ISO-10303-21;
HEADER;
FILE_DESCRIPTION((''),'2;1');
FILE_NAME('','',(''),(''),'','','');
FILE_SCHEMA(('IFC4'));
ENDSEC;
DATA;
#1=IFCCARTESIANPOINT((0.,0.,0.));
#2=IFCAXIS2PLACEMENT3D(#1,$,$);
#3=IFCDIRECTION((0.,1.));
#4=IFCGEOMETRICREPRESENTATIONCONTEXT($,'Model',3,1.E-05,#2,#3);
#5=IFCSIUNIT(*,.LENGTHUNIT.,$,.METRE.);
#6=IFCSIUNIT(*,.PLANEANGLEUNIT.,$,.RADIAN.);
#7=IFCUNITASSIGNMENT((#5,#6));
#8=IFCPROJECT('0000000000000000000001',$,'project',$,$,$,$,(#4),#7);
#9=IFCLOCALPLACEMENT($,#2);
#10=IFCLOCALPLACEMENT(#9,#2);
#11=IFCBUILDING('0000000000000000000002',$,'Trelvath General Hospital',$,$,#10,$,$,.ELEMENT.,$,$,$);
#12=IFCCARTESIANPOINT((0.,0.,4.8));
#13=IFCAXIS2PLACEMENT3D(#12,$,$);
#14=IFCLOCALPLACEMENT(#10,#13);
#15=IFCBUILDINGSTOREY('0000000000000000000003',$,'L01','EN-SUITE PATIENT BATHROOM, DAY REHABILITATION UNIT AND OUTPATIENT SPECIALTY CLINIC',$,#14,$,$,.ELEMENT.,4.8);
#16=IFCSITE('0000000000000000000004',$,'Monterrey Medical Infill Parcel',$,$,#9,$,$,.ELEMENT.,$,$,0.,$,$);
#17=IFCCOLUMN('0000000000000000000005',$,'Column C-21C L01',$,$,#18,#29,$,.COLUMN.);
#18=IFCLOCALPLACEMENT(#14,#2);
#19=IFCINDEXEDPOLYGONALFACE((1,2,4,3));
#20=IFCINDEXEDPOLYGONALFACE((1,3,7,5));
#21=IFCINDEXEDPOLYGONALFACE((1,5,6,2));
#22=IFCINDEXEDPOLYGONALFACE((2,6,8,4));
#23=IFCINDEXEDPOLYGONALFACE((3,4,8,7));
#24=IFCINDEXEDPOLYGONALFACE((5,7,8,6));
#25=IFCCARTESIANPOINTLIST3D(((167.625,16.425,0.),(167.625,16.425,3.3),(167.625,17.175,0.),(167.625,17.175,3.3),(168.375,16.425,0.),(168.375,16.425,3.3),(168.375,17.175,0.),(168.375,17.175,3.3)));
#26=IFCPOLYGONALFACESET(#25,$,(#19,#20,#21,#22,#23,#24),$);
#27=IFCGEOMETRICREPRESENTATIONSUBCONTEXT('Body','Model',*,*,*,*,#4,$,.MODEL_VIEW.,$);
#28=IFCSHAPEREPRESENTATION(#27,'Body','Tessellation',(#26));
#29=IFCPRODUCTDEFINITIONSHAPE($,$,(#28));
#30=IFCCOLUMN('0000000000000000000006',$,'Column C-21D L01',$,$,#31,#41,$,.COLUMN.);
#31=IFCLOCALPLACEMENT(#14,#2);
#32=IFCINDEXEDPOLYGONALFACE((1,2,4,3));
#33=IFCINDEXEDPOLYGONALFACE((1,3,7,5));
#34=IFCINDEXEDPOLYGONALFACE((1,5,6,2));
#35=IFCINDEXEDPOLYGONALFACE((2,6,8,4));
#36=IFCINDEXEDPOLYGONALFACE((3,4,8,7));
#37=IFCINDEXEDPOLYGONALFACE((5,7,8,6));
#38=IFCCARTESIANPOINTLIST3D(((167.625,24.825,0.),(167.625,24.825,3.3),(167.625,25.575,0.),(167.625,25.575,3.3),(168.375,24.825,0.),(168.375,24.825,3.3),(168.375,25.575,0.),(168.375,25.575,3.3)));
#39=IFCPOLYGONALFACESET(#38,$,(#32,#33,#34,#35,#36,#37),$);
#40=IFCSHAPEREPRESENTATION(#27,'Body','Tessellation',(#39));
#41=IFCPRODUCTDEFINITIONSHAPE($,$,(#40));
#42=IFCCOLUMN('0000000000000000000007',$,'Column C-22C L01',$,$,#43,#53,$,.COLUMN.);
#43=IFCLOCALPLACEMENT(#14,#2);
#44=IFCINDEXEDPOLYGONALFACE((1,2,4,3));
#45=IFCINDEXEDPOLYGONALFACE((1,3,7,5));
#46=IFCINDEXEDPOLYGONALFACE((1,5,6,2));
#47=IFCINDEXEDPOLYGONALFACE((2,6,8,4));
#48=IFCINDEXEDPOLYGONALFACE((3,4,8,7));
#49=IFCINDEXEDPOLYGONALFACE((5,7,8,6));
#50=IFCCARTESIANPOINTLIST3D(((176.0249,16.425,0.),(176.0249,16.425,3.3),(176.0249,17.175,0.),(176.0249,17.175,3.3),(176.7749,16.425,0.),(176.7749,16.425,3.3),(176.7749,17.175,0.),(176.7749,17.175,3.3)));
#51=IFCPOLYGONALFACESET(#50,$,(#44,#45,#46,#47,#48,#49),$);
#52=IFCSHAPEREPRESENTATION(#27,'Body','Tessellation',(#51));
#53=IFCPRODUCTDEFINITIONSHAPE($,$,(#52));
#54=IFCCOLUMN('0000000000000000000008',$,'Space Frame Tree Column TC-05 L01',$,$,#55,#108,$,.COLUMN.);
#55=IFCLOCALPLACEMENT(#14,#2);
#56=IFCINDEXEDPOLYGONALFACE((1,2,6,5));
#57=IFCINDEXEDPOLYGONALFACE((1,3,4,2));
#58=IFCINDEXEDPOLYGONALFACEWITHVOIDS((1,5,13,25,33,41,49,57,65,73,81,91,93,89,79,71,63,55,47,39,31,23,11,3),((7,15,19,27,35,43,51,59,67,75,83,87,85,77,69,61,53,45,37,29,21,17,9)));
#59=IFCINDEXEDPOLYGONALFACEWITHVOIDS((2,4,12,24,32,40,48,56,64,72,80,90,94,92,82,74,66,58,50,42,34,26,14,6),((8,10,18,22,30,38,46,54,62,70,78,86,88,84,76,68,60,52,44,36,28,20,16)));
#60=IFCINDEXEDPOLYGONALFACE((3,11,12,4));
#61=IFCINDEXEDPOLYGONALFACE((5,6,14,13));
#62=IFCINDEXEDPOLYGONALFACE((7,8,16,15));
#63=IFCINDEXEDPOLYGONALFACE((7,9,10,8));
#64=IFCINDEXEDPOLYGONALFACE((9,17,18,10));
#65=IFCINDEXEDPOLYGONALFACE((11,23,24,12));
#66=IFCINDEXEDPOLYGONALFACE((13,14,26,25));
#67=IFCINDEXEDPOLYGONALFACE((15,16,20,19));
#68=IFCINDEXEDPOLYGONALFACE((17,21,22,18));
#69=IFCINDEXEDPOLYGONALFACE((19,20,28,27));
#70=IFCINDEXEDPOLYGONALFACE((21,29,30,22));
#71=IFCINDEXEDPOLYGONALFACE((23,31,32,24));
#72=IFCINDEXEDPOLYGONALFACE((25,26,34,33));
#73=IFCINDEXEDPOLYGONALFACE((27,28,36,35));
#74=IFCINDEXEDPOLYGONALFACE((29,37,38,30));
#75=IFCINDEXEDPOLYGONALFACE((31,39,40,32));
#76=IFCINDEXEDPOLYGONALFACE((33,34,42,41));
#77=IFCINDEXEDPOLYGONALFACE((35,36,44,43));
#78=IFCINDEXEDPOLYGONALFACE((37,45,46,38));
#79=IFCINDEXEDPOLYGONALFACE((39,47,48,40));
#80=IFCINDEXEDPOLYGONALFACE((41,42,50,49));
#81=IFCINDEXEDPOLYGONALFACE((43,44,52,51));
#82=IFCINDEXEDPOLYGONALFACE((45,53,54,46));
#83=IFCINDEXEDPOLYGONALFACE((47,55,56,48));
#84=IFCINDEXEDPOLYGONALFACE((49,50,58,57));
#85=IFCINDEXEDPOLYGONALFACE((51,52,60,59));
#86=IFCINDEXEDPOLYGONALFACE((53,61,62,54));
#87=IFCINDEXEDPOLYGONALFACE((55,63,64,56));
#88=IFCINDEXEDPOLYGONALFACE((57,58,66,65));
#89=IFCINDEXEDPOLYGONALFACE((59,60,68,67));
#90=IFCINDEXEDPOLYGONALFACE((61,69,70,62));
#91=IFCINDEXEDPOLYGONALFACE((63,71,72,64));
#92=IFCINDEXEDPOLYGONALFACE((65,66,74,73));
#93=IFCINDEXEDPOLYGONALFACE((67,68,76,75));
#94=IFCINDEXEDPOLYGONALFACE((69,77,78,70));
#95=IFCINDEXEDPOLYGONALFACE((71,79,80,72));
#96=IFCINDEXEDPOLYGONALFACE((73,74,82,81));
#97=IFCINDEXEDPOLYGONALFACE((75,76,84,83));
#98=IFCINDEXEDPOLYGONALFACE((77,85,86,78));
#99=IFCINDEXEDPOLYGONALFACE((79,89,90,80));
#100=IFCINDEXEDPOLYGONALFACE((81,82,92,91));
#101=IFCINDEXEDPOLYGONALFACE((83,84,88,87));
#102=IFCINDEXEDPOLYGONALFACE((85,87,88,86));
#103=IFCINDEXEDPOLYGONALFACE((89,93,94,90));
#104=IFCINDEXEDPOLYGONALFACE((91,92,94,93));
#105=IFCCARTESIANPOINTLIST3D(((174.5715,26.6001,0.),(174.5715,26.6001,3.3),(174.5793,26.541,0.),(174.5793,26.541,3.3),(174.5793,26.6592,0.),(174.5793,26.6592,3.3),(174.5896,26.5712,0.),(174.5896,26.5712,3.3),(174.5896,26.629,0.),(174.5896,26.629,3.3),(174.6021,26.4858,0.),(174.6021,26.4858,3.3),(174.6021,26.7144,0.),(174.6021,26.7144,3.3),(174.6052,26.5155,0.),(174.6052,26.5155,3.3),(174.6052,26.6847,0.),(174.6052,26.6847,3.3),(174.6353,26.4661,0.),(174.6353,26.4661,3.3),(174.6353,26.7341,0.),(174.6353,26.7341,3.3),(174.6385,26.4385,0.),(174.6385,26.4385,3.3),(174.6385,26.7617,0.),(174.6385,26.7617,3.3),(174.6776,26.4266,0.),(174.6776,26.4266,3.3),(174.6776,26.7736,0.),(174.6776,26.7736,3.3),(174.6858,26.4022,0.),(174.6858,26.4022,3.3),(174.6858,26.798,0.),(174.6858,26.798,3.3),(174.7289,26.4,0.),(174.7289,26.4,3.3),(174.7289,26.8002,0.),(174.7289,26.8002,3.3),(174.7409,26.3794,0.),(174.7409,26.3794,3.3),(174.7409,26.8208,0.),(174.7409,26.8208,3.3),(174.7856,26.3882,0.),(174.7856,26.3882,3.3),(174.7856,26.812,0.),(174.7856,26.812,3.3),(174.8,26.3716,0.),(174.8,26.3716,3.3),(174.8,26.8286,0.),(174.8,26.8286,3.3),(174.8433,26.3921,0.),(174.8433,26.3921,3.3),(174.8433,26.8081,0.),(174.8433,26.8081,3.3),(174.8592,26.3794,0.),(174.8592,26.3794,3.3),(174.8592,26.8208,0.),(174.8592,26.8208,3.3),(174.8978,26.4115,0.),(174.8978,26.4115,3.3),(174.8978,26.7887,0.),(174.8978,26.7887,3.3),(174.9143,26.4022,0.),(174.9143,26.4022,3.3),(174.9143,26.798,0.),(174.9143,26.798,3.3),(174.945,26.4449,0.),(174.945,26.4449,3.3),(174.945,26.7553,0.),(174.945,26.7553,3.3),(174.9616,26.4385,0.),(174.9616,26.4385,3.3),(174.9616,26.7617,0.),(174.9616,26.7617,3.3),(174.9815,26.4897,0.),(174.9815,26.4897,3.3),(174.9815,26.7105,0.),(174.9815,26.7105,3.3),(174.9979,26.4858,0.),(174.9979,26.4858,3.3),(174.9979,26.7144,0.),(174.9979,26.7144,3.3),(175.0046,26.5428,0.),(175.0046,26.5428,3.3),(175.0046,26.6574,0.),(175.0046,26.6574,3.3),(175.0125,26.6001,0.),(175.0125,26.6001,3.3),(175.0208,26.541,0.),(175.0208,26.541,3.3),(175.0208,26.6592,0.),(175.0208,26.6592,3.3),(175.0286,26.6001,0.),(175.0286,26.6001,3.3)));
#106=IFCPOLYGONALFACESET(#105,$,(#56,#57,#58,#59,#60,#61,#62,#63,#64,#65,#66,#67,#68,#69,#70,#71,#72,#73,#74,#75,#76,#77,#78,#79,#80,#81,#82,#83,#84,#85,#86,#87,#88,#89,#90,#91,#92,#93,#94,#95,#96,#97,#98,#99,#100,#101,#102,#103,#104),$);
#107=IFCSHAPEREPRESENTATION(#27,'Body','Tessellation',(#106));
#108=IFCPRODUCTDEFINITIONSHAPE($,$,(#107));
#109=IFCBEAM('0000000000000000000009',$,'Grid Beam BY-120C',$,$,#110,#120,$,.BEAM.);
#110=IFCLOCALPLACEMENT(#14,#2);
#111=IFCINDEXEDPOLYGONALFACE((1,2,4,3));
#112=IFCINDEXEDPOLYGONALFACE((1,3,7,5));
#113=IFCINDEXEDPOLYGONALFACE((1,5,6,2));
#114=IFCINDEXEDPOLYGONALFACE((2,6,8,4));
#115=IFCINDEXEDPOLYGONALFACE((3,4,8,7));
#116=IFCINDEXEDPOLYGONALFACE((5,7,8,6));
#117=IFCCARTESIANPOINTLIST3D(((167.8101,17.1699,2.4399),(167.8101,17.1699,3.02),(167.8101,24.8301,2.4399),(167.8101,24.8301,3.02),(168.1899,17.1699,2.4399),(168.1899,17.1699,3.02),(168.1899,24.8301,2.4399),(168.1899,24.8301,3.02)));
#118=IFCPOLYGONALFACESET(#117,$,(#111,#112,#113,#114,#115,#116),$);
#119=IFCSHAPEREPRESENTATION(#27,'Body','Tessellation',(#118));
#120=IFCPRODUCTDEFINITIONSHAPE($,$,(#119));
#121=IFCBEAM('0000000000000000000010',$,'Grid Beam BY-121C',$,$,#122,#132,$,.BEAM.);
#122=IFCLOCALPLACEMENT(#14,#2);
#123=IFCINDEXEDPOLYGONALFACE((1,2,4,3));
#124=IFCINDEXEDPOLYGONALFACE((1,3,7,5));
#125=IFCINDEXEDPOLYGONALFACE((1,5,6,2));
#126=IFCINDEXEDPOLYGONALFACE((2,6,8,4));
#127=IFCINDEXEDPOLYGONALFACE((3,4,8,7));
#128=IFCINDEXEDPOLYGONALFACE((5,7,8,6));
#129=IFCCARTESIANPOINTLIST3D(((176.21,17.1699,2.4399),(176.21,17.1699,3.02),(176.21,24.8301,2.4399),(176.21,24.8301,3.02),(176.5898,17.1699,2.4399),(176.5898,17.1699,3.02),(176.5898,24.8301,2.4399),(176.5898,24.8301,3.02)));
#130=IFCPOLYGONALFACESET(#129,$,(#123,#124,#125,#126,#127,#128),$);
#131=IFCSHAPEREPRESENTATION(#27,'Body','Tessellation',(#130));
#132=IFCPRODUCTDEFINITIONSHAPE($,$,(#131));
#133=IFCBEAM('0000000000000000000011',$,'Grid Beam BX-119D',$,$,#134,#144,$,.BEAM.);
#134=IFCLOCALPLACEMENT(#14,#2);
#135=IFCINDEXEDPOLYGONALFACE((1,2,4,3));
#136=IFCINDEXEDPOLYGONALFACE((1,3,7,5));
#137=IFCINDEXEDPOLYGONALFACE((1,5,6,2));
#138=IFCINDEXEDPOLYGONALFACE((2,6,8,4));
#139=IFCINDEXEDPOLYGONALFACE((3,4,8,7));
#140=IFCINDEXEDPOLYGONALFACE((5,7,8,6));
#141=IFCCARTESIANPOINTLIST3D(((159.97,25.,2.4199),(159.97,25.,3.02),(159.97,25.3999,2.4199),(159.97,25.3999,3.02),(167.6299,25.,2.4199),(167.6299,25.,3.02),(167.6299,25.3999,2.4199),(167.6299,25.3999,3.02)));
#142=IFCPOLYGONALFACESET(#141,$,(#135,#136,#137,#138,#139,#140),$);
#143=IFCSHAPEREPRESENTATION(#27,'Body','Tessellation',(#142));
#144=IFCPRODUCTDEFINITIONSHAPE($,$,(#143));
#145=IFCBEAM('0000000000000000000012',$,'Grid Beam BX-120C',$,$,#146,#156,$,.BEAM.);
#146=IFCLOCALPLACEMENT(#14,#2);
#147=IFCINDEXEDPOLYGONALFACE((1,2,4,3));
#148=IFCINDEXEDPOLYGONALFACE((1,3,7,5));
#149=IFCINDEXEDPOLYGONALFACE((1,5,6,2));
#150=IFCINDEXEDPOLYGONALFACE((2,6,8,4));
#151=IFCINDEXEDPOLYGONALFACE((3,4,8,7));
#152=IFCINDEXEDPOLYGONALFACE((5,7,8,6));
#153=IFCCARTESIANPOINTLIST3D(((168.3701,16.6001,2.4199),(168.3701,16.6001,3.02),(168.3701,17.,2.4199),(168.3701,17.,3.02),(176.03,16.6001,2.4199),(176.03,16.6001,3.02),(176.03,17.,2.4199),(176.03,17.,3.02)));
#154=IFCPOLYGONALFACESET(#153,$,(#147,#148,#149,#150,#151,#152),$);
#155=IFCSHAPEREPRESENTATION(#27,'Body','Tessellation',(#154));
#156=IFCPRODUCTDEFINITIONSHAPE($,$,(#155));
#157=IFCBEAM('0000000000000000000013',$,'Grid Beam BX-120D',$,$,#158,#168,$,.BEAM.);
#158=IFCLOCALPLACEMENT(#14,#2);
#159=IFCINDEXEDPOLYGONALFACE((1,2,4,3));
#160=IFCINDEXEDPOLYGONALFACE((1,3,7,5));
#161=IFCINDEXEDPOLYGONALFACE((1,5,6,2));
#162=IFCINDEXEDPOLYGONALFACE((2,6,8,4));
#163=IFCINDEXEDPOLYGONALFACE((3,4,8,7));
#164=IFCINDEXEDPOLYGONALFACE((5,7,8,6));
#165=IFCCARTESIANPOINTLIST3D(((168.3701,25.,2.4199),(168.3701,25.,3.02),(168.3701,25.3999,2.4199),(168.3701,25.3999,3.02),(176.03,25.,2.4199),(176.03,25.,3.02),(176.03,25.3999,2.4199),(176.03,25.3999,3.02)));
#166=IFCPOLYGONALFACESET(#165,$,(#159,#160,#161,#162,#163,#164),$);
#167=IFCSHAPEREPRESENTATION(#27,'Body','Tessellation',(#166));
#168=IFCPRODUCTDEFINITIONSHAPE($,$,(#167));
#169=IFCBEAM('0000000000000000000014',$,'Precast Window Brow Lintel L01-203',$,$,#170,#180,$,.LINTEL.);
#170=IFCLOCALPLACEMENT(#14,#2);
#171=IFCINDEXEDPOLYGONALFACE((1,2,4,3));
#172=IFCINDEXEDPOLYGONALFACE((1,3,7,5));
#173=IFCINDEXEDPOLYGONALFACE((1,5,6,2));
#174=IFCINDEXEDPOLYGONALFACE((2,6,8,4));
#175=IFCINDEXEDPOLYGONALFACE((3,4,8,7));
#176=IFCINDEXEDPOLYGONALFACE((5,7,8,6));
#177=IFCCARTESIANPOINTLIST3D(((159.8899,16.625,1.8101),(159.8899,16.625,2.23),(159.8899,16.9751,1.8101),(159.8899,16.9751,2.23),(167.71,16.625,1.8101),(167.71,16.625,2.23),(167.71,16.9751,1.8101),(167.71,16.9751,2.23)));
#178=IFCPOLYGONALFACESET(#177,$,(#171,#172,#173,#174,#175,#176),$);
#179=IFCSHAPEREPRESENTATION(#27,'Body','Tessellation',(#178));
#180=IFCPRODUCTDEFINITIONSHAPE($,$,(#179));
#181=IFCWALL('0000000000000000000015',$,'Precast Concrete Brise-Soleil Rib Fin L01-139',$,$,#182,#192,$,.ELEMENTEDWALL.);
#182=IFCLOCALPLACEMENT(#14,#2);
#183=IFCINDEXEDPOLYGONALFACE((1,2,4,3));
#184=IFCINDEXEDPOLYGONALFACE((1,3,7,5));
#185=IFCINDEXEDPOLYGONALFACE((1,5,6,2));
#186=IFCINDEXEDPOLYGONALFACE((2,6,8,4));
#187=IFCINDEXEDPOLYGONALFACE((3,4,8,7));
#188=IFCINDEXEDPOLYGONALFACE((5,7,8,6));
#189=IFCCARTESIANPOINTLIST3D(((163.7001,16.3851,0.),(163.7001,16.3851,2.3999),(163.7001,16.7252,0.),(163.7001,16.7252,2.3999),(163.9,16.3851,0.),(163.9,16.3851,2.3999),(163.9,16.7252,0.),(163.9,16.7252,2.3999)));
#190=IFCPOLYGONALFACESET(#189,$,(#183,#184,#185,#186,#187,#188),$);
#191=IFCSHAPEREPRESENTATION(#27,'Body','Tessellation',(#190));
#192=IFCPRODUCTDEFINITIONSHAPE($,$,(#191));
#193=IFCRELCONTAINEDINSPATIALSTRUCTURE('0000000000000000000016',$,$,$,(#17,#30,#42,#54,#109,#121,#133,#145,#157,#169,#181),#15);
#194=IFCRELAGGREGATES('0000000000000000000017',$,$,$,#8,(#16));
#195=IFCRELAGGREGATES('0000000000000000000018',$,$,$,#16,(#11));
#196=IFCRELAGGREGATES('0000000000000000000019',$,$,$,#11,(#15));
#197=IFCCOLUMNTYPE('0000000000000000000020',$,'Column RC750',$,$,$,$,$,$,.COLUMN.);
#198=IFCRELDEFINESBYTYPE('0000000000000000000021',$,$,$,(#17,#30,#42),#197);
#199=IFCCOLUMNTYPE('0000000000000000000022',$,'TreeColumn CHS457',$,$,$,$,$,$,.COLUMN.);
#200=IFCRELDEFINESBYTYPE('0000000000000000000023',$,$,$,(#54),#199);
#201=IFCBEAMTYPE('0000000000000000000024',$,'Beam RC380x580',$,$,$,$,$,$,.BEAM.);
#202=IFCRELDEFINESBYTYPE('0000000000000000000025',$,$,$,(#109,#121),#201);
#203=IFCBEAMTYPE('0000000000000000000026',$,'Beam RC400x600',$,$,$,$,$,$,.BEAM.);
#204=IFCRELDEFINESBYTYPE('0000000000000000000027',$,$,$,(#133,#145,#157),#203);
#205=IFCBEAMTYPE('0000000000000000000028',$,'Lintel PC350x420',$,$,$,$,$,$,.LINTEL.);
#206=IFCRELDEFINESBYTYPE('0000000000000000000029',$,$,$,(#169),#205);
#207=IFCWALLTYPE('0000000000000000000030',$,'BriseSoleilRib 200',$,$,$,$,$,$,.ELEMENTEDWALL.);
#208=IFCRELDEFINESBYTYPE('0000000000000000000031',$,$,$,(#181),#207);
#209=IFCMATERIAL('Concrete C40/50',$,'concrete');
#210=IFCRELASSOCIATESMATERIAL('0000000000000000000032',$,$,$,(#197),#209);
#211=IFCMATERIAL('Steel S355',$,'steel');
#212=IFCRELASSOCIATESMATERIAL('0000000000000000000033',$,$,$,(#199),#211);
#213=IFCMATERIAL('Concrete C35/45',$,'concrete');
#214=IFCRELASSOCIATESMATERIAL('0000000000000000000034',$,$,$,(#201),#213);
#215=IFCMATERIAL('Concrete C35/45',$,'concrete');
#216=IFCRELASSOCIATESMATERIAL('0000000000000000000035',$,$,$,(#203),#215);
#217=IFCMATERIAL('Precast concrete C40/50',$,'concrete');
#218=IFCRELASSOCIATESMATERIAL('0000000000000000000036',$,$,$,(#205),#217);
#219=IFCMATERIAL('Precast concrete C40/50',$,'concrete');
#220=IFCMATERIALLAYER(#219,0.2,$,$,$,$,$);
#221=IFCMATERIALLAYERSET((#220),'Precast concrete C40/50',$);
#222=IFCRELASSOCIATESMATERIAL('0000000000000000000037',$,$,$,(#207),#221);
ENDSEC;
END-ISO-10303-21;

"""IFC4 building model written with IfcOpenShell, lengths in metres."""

from ifc_helpers import new_model, si_unit, direction, frame, frame_2d, origin, origin_2d, place, context, subcontext, project, spatial, rectangle, hollow_circle, extrude, material, layer, layer_set, material_profile, profile_set, type_object, element, save


model = new_model("IFC4")

# Units and contexts
model_context = context("Model", 3, precision=1e-05, world=origin(), true_north=direction((0.0, 1.0)))
body_context = subcontext(model_context, "Body", "Model", "MODEL_VIEW")
ifc_project = project(units=[si_unit("LENGTHUNIT", "METRE"), si_unit("PLANEANGLEUNIT", "RADIAN")], contexts=[model_context])

# Site, building, storey
site_placement = place(None, origin())
site = spatial("IfcSite", under=ifc_project, at=site_placement, Name="Monterrey Medical Infill Parcel", CompositionType="ELEMENT", RefElevation=0.0)
building_placement = place(site_placement, origin())
building = spatial("IfcBuilding", under=site, at=building_placement, Name="Trelvath General Hospital", CompositionType="ELEMENT")
storey_placement = place(building_placement, frame((0.0, 0.0, 4.8)))
storey = spatial("IfcBuildingStorey", under=building, at=storey_placement, Name="L01", Description="EN-SUITE PATIENT BATHROOM, DAY REHABILITATION UNIT AND OUTPATIENT SPECIALTY CLINIC", CompositionType="ELEMENT", Elevation=4.8)

# Columns
ifc_material_1 = material(Name="Concrete C40/50", Category="concrete")
ifc_material_profile_1 = material_profile(ifc_material_1, rectangle(XDim=0.75, YDim=0.75, at=origin_2d()), Name="RC750x750")
ifc_profile_set_1 = profile_set([ifc_material_profile_1], Name="Concrete C40/50")
column_type_1 = type_object("IfcColumnType", Name="Column RC750", PredefinedType="COLUMN", material=ifc_profile_set_1)
for number, where, z_axis, x_axis, name in (
    (1, (168.0, 16.8, 0.0), (0.0, 0.0, 1.0), (1.0, 0.0, 0.0), "Column C-21C L01"),
    (2, (168.0, 25.2, 0.0), (0.0, 0.0, 1.0), (1.0, 0.0, 0.0), "Column C-21D L01"),
    (3, (176.3999, 16.8, 0.0), (0.0, 0.0, 1.0), (1.0, 0.0, 0.0), "Column C-22C L01"),
):
    element("IfcColumn", number, at=place(storey_placement, frame(where, z_axis=z_axis, x_axis=x_axis)), inside=storey, type_object=column_type_1, Name=name, PredefinedType="COLUMN", context=body_context, shape_type="SweptSolid", body=[
        extrude(rectangle(XDim=0.75, YDim=0.75, at=origin_2d()), origin(), (0.0, 0.0, 1.0), 3.3),
    ])
ifc_material_2 = material(Name="Steel S355", Category="steel")
ifc_material_profile_2 = material_profile(ifc_material_2, hollow_circle(Radius=0.2285, WallThickness=0.0161, at=origin_2d()), Name="CHS457.0x16.0")
ifc_profile_set_2 = profile_set([ifc_material_profile_2], Name="Steel S355")
column_type_2 = type_object("IfcColumnType", Name="TreeColumn CHS457", PredefinedType="COLUMN", material=ifc_profile_set_2)
column_placement = place(storey_placement, frame((174.8, 26.6001, 0.0), z_axis=(0.0, 0.0, 1.0), x_axis=(1.0, 0.0, 0.0)))
element("IfcColumn", 4, at=column_placement, inside=storey, type_object=column_type_2, Name="Space Frame Tree Column TC-05 L01", PredefinedType="COLUMN", context=body_context, shape_type="SweptSolid", body=[
    extrude(hollow_circle(Radius=0.2285, WallThickness=0.0161, at=origin_2d()), origin(), (0.0, 0.0, 1.0), 3.3),
])

# Beams
ifc_material_3 = material(Name="Concrete C35/45", Category="concrete")
ifc_material_profile_3 = material_profile(ifc_material_3, rectangle(XDim=0.3799, YDim=0.5801, at=origin_2d()), Name="RCB380x580")
ifc_profile_set_3 = profile_set([ifc_material_profile_3], Name="Concrete C35/45")
beam_type_1 = type_object("IfcBeamType", Name="Beam RC380x580", PredefinedType="BEAM", material=ifc_profile_set_3)
for number, where, z_axis, x_axis, name in (
    (5, (168.0, 17.1699, 2.73), (0.0, 1.0, 0.0), (-1.0, 0.0, 0.0), "Grid Beam BY-120C"),
    (6, (176.3999, 17.1699, 2.73), (0.0, 1.0, 0.0), (-1.0, 0.0, 0.0), "Grid Beam BY-121C"),
):
    element("IfcBeam", number, at=place(storey_placement, frame(where, z_axis=z_axis, x_axis=x_axis)), inside=storey, type_object=beam_type_1, Name=name, PredefinedType="BEAM", context=body_context, shape_type="SweptSolid", body=[
        extrude(rectangle(XDim=0.3799, YDim=0.5801, at=origin_2d()), origin(), (0.0, 0.0, 1.0), 7.6602),
    ])
ifc_material_4 = material(Name="Concrete C35/45", Category="concrete")
ifc_material_profile_4 = material_profile(ifc_material_4, rectangle(XDim=0.3999, YDim=0.6001, at=origin_2d()), Name="RCB400x600")
ifc_profile_set_4 = profile_set([ifc_material_profile_4], Name="Concrete C35/45")
beam_type_2 = type_object("IfcBeamType", Name="Beam RC400x600", PredefinedType="BEAM", material=ifc_profile_set_4)
for number, where, z_axis, x_axis, name in (
    (7, (159.97, 25.2, 2.72), (1.0, 0.0, 0.0), (0.0, 1.0, 0.0), "Grid Beam BX-119D"),
    (8, (168.3701, 16.8, 2.72), (1.0, 0.0, 0.0), (0.0, 1.0, 0.0), "Grid Beam BX-120C"),
    (9, (168.3701, 25.2, 2.72), (1.0, 0.0, 0.0), (0.0, 1.0, 0.0), "Grid Beam BX-120D"),
):
    element("IfcBeam", number, at=place(storey_placement, frame(where, z_axis=z_axis, x_axis=x_axis)), inside=storey, type_object=beam_type_2, Name=name, PredefinedType="BEAM", context=body_context, shape_type="SweptSolid", body=[
        extrude(rectangle(XDim=0.3999, YDim=0.6001, at=origin_2d()), origin(), (0.0, 0.0, 1.0), 7.6599),
    ])
ifc_material_5 = material(Name="Precast concrete C40/50", Category="concrete")
ifc_material_profile_5 = material_profile(ifc_material_5, rectangle(XDim=0.3501, YDim=0.4199, at=origin_2d()), Name="PCL350x420")
ifc_profile_set_5 = profile_set([ifc_material_profile_5], Name="Precast concrete C40/50")
beam_type_3 = type_object("IfcBeamType", Name="Lintel PC350x420", PredefinedType="LINTEL", material=ifc_profile_set_5)
beam_placement = place(storey_placement, frame((167.71, 16.8, 2.02), z_axis=(-1.0, 0.0, 0.0), x_axis=(0.0, -1.0, 0.0)))
element("IfcBeam", 10, at=beam_placement, inside=storey, type_object=beam_type_3, Name="Precast Window Brow Lintel L01-203", PredefinedType="LINTEL", context=body_context, shape_type="SweptSolid", body=[
    extrude(rectangle(XDim=0.3501, YDim=0.4199, at=origin_2d()), origin(), (0.0, 0.0, 1.0), 7.8201),
])

# Wall
ifc_material_6 = material(Name="Precast concrete C40/50", Category="concrete")
ifc_layer_1 = layer(ifc_material_6, 0.2)
ifc_layer_set_1 = layer_set([ifc_layer_1], Name="Precast concrete C40/50")
wall_type_1 = type_object("IfcWallType", Name="BriseSoleilRib 200", PredefinedType="ELEMENTEDWALL", material=ifc_layer_set_1)
for number, where, z_axis, x_axis, name in (
    (11, (163.8, 16.7251, 0.0), (0.0, 0.0, 1.0), (0.0, -1.0, 0.0), "Precast Concrete Brise-Soleil Rib Fin L01-139"),
):
    element("IfcWall", number, at=place(storey_placement, frame(where, z_axis=z_axis, x_axis=x_axis)), inside=storey, type_object=wall_type_1, Name=name, PredefinedType="ELEMENTEDWALL", context=body_context, shape_type="SweptSolid", body=[
        extrude(rectangle(XDim=0.3401, YDim=0.2, at=frame_2d((0.1699, 0.0))), origin(), (0.0, 0.0, 1.0), 2.3999),
    ])

save(model, "model.ifc")
